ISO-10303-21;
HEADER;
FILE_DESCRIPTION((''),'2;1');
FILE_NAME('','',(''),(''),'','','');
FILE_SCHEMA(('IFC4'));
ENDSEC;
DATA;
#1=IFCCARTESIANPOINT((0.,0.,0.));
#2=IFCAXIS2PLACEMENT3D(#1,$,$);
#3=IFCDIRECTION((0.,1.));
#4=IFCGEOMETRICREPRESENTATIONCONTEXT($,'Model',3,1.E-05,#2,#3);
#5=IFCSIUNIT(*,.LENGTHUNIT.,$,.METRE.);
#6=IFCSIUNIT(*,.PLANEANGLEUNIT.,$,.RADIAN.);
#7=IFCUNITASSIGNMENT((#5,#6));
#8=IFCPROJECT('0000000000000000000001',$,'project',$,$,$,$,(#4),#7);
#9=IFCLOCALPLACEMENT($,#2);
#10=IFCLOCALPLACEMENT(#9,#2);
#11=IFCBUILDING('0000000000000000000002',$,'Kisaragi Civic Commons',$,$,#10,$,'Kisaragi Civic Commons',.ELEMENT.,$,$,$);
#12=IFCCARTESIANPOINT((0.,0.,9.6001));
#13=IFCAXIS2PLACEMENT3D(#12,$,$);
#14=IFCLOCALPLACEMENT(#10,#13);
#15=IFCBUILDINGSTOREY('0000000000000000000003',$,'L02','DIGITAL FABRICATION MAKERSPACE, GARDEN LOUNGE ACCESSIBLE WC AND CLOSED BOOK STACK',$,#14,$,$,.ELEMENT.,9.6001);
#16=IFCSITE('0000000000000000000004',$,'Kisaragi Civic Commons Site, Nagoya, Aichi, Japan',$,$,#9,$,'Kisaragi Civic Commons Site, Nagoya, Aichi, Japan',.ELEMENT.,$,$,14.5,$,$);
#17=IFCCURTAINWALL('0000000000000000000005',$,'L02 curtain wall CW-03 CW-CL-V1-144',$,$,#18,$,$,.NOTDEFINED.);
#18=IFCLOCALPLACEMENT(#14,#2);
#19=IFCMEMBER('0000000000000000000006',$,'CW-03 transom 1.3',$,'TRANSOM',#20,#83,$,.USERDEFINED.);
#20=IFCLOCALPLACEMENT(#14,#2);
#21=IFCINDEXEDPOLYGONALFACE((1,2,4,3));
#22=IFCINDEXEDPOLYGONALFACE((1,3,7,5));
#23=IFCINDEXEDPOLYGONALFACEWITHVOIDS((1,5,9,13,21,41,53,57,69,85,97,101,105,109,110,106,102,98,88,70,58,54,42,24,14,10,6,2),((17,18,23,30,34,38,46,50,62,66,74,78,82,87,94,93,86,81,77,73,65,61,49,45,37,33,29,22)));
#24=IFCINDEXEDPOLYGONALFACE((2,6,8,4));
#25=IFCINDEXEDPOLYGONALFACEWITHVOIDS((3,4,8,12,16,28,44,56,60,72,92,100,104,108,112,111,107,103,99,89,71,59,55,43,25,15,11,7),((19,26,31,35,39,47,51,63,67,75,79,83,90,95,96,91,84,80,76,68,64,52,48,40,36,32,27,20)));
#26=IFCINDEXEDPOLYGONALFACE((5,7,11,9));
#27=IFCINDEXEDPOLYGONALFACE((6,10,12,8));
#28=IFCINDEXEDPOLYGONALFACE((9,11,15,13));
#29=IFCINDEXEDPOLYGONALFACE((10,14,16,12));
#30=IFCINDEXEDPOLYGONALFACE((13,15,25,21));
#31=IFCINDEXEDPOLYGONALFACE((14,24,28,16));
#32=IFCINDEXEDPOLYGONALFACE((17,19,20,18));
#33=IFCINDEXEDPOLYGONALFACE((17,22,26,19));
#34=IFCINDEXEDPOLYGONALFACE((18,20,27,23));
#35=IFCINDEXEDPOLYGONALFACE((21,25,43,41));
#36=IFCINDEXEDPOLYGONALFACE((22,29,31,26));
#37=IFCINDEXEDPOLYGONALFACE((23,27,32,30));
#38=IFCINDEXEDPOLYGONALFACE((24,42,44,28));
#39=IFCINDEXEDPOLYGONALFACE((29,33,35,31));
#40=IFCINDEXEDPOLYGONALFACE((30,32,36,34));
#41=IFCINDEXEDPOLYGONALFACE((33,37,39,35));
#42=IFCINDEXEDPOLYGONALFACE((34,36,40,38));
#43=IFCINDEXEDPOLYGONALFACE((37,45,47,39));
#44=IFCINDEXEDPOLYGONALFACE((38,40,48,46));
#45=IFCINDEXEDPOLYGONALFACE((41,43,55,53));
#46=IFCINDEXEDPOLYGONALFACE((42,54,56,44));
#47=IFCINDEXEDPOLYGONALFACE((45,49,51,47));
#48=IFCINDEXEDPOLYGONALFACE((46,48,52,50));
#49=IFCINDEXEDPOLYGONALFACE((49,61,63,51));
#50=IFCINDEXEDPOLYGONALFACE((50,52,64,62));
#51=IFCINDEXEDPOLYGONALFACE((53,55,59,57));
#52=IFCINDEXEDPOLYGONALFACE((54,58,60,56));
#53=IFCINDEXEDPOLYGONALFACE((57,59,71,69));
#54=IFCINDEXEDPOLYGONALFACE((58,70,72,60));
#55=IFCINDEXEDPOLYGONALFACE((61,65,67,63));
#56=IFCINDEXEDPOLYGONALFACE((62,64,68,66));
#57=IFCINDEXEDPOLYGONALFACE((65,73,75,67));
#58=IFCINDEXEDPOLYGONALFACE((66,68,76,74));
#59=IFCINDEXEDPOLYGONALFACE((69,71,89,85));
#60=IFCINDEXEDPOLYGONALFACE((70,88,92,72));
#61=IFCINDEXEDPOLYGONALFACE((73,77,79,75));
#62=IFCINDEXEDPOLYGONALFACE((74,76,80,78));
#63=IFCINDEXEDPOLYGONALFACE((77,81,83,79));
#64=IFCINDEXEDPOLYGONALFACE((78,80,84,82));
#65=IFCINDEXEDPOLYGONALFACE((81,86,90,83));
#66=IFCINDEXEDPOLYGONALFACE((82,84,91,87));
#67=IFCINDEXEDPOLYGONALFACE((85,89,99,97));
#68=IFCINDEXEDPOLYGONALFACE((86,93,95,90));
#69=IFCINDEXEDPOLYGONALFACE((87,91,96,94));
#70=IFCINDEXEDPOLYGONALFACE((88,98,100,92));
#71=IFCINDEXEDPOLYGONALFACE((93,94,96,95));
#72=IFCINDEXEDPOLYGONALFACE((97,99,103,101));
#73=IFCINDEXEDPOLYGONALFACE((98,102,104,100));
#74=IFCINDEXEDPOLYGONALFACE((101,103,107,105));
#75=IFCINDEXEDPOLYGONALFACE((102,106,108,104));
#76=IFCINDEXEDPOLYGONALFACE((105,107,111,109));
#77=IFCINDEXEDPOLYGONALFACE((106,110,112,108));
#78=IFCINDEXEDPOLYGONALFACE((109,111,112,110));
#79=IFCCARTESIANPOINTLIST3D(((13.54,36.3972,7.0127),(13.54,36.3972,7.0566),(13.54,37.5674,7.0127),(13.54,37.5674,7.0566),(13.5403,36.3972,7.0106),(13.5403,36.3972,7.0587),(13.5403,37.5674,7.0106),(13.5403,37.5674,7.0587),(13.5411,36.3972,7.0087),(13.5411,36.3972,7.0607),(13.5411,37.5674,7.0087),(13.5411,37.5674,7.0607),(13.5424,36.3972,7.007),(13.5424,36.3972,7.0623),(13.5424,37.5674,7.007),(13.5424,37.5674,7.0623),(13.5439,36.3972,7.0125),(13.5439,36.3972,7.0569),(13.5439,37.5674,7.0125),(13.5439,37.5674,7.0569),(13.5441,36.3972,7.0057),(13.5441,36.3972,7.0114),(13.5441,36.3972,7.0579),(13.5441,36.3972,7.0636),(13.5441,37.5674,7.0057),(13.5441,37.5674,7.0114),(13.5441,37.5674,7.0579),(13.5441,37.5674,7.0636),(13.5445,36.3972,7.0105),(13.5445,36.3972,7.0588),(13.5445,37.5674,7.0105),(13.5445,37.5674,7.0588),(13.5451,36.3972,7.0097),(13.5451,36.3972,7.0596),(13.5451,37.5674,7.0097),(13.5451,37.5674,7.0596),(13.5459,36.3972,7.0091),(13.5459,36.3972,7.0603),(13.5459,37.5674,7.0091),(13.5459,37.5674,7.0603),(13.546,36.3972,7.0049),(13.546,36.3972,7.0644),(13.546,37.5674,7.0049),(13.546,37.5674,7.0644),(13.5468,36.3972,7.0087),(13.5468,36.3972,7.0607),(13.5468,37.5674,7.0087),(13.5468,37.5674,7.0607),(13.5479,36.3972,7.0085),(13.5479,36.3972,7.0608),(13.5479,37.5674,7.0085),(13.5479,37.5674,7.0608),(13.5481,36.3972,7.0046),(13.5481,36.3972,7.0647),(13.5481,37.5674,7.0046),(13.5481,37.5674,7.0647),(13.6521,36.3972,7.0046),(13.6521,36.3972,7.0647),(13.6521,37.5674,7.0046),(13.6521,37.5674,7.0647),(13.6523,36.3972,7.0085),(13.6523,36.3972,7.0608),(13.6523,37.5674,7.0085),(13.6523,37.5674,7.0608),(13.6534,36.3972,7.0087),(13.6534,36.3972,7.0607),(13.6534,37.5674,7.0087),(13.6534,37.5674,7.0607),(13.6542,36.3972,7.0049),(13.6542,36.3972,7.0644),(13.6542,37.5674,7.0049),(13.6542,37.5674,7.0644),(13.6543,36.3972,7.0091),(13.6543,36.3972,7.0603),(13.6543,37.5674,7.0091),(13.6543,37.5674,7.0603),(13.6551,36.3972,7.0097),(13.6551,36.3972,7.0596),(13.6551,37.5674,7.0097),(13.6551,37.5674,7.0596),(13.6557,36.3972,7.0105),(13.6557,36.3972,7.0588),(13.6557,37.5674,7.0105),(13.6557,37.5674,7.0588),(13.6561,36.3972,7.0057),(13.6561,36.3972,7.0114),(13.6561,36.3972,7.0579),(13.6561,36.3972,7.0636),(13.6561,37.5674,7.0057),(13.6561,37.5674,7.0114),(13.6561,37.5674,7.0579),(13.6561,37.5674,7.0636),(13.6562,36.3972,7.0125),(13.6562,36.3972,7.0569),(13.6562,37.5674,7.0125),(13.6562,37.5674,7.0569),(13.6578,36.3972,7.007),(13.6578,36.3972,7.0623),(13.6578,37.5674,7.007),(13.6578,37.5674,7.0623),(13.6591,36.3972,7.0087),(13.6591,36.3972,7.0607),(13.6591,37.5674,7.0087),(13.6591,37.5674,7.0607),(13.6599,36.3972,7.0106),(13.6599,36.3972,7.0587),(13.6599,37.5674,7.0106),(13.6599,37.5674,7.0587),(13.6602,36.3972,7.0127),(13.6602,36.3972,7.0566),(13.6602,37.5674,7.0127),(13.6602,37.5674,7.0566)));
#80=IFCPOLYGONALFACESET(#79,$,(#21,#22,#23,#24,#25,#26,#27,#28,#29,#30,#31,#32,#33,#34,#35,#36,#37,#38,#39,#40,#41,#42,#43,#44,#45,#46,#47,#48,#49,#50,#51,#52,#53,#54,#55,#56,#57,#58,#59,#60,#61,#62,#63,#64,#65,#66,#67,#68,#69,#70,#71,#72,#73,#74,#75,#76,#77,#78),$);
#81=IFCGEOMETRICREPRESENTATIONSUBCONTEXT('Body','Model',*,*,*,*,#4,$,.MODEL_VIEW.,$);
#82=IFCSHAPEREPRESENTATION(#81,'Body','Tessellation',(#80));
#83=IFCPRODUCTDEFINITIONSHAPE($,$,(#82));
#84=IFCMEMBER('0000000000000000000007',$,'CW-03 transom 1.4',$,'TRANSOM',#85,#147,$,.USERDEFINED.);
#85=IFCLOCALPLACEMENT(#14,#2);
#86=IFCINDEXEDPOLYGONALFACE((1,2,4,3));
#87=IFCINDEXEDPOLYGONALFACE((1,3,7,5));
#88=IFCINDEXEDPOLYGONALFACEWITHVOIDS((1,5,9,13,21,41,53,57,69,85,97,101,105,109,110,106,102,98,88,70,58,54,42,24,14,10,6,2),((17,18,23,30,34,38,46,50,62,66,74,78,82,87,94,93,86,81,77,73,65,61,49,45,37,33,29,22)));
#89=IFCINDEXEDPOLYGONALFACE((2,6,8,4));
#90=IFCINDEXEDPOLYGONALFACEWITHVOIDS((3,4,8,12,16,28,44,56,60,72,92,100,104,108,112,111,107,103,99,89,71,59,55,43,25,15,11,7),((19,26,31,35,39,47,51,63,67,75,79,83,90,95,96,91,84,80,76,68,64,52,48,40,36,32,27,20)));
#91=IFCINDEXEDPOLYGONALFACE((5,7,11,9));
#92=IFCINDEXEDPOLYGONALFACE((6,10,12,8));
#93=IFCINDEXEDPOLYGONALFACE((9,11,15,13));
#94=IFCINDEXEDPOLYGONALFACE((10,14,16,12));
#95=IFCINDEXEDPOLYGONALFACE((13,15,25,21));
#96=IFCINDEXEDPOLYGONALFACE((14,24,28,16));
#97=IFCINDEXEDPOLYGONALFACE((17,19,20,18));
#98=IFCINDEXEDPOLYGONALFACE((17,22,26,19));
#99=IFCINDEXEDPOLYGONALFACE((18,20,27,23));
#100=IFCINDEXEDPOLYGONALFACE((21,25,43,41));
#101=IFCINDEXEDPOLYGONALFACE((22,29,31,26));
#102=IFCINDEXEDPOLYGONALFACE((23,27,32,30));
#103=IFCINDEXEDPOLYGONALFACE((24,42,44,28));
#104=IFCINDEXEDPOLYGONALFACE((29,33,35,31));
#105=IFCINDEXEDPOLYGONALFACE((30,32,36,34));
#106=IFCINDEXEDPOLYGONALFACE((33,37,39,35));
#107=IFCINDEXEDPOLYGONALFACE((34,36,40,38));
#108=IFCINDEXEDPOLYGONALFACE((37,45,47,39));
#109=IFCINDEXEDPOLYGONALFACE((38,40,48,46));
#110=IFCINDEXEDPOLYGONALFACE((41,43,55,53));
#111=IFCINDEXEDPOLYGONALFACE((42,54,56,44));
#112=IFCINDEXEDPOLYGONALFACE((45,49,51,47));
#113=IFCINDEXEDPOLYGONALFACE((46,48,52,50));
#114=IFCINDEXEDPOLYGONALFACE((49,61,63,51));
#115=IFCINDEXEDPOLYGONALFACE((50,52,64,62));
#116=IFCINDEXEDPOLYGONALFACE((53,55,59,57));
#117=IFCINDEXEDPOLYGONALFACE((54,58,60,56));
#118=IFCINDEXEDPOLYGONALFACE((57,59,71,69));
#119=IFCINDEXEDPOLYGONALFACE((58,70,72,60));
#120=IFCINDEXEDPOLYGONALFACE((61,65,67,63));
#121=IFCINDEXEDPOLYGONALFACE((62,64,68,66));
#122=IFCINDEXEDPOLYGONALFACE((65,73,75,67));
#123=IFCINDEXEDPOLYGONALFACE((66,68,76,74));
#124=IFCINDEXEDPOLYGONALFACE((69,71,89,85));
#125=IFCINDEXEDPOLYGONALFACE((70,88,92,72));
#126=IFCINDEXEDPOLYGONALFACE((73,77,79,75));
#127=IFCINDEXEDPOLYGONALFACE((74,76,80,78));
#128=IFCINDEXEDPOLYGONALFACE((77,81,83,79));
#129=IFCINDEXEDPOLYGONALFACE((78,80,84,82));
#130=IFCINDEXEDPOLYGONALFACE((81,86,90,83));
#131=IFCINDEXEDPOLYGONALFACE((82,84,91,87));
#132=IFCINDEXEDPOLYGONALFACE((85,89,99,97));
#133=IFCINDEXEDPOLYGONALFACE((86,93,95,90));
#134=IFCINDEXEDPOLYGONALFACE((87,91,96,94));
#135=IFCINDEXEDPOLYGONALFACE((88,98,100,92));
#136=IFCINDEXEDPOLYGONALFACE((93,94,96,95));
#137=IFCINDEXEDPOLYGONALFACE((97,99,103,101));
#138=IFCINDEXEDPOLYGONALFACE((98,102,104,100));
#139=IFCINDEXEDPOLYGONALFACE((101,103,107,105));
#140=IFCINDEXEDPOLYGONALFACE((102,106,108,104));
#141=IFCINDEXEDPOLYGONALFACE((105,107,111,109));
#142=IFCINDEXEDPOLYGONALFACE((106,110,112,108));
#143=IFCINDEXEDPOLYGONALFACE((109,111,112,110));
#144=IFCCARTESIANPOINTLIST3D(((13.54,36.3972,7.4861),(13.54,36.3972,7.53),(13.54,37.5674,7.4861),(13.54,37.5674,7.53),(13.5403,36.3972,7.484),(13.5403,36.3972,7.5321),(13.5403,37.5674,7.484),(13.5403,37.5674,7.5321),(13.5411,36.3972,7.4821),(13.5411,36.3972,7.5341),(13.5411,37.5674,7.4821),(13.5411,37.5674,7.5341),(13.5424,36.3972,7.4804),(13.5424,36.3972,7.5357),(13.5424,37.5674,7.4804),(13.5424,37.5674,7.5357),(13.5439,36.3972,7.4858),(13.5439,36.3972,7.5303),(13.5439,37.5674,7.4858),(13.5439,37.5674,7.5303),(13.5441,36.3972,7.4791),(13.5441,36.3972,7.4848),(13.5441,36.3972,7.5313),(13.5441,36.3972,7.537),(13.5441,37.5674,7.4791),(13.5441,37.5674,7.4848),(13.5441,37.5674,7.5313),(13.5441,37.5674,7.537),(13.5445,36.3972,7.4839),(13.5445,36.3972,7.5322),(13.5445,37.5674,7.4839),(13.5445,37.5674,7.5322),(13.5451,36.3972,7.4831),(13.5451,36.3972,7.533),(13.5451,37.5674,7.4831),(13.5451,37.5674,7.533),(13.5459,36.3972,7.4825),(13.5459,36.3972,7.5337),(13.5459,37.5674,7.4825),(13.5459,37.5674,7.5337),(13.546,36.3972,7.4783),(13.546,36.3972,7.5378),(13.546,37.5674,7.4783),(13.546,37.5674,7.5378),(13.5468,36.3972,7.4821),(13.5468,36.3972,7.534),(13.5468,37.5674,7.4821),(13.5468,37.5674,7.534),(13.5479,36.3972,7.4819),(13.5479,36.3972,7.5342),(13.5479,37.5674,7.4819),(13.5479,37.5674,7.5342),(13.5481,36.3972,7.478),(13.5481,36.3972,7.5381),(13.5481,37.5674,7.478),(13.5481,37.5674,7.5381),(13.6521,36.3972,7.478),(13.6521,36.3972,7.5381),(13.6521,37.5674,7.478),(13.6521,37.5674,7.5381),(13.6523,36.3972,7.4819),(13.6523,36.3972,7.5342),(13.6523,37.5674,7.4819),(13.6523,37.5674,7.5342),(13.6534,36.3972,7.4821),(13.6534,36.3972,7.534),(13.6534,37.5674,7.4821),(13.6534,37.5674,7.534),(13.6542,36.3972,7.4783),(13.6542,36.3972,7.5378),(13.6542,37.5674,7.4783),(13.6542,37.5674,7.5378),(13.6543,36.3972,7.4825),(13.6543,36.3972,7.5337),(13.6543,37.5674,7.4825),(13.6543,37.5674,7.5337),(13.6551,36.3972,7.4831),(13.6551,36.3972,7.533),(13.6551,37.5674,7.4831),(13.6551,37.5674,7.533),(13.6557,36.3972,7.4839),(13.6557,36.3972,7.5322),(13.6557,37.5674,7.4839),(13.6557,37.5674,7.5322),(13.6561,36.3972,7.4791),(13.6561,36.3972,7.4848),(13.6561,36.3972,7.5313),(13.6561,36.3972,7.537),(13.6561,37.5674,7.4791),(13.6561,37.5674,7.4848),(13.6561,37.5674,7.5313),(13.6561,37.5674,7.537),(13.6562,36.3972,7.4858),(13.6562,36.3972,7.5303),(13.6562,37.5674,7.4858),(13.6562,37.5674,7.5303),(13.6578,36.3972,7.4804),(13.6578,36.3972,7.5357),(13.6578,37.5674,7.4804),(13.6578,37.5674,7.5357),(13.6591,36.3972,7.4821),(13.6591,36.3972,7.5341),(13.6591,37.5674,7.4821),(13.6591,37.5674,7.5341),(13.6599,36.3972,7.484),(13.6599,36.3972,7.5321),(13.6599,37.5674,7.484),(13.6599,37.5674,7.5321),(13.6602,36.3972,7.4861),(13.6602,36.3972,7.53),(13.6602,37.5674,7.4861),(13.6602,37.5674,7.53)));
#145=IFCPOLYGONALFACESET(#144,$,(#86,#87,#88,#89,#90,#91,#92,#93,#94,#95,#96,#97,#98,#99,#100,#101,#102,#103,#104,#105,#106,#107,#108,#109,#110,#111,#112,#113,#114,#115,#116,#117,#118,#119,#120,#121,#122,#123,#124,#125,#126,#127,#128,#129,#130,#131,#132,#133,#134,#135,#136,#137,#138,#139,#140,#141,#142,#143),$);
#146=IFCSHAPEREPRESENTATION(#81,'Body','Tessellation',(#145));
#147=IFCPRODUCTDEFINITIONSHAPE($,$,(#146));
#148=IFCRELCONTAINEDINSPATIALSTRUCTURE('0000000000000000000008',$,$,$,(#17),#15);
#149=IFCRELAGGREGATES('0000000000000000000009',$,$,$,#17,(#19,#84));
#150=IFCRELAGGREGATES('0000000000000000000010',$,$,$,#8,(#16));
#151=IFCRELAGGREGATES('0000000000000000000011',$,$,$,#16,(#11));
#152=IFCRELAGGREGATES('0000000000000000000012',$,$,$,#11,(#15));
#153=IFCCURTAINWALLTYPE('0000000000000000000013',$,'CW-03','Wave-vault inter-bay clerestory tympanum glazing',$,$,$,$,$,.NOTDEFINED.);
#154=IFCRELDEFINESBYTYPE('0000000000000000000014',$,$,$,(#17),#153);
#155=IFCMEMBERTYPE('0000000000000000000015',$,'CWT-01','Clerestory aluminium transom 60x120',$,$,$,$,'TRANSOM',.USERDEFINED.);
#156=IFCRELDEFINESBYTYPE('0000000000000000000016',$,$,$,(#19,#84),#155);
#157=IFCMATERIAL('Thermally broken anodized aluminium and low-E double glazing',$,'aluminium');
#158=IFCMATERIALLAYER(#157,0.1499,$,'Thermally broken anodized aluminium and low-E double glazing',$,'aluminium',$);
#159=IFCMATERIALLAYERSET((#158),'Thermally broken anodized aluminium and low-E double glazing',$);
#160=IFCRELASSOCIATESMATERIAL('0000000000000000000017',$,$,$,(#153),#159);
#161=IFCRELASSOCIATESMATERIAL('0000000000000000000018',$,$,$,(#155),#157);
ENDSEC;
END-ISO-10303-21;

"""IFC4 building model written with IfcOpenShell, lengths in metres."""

from ifc_helpers import new_model, si_unit, direction, frame, origin, origin_2d, place, context, subcontext, project, spatial, hollow_rectangle, extrude, material, layer, layer_set, material_profile, profile_set, type_object, element, aggregate, save


model = new_model("IFC4")

# Units and contexts
model_context = context("Model", 3, precision=1e-05, world=origin(), true_north=direction((0.0, 1.0)))
body_context = subcontext(model_context, "Body", "Model", "MODEL_VIEW")
ifc_project = project(units=[si_unit("LENGTHUNIT", "METRE"), si_unit("PLANEANGLEUNIT", "RADIAN")], contexts=[model_context])

# Site, building, storey
site_placement = place(None, origin())
site = spatial("IfcSite", under=ifc_project, at=site_placement, Name="Kisaragi Civic Commons Site, Nagoya, Aichi, Japan", LongName="Kisaragi Civic Commons Site, Nagoya, Aichi, Japan", CompositionType="ELEMENT", RefElevation=14.5)
building_placement = place(site_placement, origin())
building = spatial("IfcBuilding", under=site, at=building_placement, Name="Kisaragi Civic Commons", LongName="Kisaragi Civic Commons", CompositionType="ELEMENT")
storey_placement = place(building_placement, frame((0.0, 0.0, 9.6001)))
storey = spatial("IfcBuildingStorey", under=building, at=storey_placement, Name="L02", Description="DIGITAL FABRICATION MAKERSPACE, GARDEN LOUNGE ACCESSIBLE WC AND CLOSED BOOK STACK", CompositionType="ELEMENT", Elevation=9.6001)

# Shared definitions
ifc_material_1 = material(Name="Thermally broken anodized aluminium and low-E double glazing", Category="aluminium")
ifc_layer_1 = layer(ifc_material_1, 0.1499, Name="Thermally broken anodized aluminium and low-E double glazing", Category="aluminium")
ifc_layer_set_1 = layer_set([ifc_layer_1], Name="Thermally broken anodized aluminium and low-E double glazing")
curtain_wall_type = type_object("IfcCurtainWallType", Name="CW-03", Description="Wave-vault inter-bay clerestory tympanum glazing", PredefinedType="NOTDEFINED", material=ifc_layer_set_1)
ifc_material_profile_1 = material_profile(ifc_material_1, hollow_rectangle(XDim=0.1201, YDim=0.0601, WallThickness=0.0039, InnerFilletRadius=0.0039, OuterFilletRadius=0.0081, at=origin_2d()), Name="CWT-60x120x4", Category="aluminium")
ifc_profile_set_1 = profile_set([ifc_material_profile_1], Name="Thermally broken anodized aluminium and low-E double glazing")
member_type_1 = type_object("IfcMemberType", Name="CWT-01", Description="Clerestory aluminium transom 60x120", ElementType="TRANSOM", PredefinedType="USERDEFINED", material=ifc_profile_set_1)

# Curtain wall, members
curtain_wall_1_placement = place(storey_placement, origin())
curtain_wall_1 = element("IfcCurtainWall", 1, at=curtain_wall_1_placement, inside=storey, type_object=curtain_wall_type, Name="L02 curtain wall CW-03 CW-CL-V1-144", PredefinedType="NOTDEFINED")
member_1_placement = place(storey_placement, frame((13.6001, 36.3972, 7.0347), z_axis=(0.0, 1.0, 0.0), x_axis=(-1.0, 0.0, 0.0)))
member_1 = element("IfcMember", 2, at=member_1_placement, type_object=member_type_1, Name="CW-03 transom 1.3", ObjectType="TRANSOM", PredefinedType="USERDEFINED", context=body_context, shape_type="SweptSolid", body=[
    extrude(hollow_rectangle(XDim=0.1201, YDim=0.0601, WallThickness=0.0039, InnerFilletRadius=0.0039, OuterFilletRadius=0.0081, at=origin_2d()), origin(), (0.0, 0.0, 1.0), 1.1702),
])
member_2_placement = place(storey_placement, frame((13.6001, 36.3972, 7.5081), z_axis=(0.0, 1.0, 0.0), x_axis=(-1.0, 0.0, 0.0)))
member_2 = element("IfcMember", 3, at=member_2_placement, type_object=member_type_1, Name="CW-03 transom 1.4", ObjectType="TRANSOM", PredefinedType="USERDEFINED", context=body_context, shape_type="SweptSolid", body=[
    extrude(hollow_rectangle(XDim=0.1201, YDim=0.0601, WallThickness=0.0039, InnerFilletRadius=0.0039, OuterFilletRadius=0.0081, at=origin_2d()), origin(), (0.0, 0.0, 1.0), 1.1702),
])

aggregate(curtain_wall_1, [member_1, member_2])

save(model, "model.ifc")
